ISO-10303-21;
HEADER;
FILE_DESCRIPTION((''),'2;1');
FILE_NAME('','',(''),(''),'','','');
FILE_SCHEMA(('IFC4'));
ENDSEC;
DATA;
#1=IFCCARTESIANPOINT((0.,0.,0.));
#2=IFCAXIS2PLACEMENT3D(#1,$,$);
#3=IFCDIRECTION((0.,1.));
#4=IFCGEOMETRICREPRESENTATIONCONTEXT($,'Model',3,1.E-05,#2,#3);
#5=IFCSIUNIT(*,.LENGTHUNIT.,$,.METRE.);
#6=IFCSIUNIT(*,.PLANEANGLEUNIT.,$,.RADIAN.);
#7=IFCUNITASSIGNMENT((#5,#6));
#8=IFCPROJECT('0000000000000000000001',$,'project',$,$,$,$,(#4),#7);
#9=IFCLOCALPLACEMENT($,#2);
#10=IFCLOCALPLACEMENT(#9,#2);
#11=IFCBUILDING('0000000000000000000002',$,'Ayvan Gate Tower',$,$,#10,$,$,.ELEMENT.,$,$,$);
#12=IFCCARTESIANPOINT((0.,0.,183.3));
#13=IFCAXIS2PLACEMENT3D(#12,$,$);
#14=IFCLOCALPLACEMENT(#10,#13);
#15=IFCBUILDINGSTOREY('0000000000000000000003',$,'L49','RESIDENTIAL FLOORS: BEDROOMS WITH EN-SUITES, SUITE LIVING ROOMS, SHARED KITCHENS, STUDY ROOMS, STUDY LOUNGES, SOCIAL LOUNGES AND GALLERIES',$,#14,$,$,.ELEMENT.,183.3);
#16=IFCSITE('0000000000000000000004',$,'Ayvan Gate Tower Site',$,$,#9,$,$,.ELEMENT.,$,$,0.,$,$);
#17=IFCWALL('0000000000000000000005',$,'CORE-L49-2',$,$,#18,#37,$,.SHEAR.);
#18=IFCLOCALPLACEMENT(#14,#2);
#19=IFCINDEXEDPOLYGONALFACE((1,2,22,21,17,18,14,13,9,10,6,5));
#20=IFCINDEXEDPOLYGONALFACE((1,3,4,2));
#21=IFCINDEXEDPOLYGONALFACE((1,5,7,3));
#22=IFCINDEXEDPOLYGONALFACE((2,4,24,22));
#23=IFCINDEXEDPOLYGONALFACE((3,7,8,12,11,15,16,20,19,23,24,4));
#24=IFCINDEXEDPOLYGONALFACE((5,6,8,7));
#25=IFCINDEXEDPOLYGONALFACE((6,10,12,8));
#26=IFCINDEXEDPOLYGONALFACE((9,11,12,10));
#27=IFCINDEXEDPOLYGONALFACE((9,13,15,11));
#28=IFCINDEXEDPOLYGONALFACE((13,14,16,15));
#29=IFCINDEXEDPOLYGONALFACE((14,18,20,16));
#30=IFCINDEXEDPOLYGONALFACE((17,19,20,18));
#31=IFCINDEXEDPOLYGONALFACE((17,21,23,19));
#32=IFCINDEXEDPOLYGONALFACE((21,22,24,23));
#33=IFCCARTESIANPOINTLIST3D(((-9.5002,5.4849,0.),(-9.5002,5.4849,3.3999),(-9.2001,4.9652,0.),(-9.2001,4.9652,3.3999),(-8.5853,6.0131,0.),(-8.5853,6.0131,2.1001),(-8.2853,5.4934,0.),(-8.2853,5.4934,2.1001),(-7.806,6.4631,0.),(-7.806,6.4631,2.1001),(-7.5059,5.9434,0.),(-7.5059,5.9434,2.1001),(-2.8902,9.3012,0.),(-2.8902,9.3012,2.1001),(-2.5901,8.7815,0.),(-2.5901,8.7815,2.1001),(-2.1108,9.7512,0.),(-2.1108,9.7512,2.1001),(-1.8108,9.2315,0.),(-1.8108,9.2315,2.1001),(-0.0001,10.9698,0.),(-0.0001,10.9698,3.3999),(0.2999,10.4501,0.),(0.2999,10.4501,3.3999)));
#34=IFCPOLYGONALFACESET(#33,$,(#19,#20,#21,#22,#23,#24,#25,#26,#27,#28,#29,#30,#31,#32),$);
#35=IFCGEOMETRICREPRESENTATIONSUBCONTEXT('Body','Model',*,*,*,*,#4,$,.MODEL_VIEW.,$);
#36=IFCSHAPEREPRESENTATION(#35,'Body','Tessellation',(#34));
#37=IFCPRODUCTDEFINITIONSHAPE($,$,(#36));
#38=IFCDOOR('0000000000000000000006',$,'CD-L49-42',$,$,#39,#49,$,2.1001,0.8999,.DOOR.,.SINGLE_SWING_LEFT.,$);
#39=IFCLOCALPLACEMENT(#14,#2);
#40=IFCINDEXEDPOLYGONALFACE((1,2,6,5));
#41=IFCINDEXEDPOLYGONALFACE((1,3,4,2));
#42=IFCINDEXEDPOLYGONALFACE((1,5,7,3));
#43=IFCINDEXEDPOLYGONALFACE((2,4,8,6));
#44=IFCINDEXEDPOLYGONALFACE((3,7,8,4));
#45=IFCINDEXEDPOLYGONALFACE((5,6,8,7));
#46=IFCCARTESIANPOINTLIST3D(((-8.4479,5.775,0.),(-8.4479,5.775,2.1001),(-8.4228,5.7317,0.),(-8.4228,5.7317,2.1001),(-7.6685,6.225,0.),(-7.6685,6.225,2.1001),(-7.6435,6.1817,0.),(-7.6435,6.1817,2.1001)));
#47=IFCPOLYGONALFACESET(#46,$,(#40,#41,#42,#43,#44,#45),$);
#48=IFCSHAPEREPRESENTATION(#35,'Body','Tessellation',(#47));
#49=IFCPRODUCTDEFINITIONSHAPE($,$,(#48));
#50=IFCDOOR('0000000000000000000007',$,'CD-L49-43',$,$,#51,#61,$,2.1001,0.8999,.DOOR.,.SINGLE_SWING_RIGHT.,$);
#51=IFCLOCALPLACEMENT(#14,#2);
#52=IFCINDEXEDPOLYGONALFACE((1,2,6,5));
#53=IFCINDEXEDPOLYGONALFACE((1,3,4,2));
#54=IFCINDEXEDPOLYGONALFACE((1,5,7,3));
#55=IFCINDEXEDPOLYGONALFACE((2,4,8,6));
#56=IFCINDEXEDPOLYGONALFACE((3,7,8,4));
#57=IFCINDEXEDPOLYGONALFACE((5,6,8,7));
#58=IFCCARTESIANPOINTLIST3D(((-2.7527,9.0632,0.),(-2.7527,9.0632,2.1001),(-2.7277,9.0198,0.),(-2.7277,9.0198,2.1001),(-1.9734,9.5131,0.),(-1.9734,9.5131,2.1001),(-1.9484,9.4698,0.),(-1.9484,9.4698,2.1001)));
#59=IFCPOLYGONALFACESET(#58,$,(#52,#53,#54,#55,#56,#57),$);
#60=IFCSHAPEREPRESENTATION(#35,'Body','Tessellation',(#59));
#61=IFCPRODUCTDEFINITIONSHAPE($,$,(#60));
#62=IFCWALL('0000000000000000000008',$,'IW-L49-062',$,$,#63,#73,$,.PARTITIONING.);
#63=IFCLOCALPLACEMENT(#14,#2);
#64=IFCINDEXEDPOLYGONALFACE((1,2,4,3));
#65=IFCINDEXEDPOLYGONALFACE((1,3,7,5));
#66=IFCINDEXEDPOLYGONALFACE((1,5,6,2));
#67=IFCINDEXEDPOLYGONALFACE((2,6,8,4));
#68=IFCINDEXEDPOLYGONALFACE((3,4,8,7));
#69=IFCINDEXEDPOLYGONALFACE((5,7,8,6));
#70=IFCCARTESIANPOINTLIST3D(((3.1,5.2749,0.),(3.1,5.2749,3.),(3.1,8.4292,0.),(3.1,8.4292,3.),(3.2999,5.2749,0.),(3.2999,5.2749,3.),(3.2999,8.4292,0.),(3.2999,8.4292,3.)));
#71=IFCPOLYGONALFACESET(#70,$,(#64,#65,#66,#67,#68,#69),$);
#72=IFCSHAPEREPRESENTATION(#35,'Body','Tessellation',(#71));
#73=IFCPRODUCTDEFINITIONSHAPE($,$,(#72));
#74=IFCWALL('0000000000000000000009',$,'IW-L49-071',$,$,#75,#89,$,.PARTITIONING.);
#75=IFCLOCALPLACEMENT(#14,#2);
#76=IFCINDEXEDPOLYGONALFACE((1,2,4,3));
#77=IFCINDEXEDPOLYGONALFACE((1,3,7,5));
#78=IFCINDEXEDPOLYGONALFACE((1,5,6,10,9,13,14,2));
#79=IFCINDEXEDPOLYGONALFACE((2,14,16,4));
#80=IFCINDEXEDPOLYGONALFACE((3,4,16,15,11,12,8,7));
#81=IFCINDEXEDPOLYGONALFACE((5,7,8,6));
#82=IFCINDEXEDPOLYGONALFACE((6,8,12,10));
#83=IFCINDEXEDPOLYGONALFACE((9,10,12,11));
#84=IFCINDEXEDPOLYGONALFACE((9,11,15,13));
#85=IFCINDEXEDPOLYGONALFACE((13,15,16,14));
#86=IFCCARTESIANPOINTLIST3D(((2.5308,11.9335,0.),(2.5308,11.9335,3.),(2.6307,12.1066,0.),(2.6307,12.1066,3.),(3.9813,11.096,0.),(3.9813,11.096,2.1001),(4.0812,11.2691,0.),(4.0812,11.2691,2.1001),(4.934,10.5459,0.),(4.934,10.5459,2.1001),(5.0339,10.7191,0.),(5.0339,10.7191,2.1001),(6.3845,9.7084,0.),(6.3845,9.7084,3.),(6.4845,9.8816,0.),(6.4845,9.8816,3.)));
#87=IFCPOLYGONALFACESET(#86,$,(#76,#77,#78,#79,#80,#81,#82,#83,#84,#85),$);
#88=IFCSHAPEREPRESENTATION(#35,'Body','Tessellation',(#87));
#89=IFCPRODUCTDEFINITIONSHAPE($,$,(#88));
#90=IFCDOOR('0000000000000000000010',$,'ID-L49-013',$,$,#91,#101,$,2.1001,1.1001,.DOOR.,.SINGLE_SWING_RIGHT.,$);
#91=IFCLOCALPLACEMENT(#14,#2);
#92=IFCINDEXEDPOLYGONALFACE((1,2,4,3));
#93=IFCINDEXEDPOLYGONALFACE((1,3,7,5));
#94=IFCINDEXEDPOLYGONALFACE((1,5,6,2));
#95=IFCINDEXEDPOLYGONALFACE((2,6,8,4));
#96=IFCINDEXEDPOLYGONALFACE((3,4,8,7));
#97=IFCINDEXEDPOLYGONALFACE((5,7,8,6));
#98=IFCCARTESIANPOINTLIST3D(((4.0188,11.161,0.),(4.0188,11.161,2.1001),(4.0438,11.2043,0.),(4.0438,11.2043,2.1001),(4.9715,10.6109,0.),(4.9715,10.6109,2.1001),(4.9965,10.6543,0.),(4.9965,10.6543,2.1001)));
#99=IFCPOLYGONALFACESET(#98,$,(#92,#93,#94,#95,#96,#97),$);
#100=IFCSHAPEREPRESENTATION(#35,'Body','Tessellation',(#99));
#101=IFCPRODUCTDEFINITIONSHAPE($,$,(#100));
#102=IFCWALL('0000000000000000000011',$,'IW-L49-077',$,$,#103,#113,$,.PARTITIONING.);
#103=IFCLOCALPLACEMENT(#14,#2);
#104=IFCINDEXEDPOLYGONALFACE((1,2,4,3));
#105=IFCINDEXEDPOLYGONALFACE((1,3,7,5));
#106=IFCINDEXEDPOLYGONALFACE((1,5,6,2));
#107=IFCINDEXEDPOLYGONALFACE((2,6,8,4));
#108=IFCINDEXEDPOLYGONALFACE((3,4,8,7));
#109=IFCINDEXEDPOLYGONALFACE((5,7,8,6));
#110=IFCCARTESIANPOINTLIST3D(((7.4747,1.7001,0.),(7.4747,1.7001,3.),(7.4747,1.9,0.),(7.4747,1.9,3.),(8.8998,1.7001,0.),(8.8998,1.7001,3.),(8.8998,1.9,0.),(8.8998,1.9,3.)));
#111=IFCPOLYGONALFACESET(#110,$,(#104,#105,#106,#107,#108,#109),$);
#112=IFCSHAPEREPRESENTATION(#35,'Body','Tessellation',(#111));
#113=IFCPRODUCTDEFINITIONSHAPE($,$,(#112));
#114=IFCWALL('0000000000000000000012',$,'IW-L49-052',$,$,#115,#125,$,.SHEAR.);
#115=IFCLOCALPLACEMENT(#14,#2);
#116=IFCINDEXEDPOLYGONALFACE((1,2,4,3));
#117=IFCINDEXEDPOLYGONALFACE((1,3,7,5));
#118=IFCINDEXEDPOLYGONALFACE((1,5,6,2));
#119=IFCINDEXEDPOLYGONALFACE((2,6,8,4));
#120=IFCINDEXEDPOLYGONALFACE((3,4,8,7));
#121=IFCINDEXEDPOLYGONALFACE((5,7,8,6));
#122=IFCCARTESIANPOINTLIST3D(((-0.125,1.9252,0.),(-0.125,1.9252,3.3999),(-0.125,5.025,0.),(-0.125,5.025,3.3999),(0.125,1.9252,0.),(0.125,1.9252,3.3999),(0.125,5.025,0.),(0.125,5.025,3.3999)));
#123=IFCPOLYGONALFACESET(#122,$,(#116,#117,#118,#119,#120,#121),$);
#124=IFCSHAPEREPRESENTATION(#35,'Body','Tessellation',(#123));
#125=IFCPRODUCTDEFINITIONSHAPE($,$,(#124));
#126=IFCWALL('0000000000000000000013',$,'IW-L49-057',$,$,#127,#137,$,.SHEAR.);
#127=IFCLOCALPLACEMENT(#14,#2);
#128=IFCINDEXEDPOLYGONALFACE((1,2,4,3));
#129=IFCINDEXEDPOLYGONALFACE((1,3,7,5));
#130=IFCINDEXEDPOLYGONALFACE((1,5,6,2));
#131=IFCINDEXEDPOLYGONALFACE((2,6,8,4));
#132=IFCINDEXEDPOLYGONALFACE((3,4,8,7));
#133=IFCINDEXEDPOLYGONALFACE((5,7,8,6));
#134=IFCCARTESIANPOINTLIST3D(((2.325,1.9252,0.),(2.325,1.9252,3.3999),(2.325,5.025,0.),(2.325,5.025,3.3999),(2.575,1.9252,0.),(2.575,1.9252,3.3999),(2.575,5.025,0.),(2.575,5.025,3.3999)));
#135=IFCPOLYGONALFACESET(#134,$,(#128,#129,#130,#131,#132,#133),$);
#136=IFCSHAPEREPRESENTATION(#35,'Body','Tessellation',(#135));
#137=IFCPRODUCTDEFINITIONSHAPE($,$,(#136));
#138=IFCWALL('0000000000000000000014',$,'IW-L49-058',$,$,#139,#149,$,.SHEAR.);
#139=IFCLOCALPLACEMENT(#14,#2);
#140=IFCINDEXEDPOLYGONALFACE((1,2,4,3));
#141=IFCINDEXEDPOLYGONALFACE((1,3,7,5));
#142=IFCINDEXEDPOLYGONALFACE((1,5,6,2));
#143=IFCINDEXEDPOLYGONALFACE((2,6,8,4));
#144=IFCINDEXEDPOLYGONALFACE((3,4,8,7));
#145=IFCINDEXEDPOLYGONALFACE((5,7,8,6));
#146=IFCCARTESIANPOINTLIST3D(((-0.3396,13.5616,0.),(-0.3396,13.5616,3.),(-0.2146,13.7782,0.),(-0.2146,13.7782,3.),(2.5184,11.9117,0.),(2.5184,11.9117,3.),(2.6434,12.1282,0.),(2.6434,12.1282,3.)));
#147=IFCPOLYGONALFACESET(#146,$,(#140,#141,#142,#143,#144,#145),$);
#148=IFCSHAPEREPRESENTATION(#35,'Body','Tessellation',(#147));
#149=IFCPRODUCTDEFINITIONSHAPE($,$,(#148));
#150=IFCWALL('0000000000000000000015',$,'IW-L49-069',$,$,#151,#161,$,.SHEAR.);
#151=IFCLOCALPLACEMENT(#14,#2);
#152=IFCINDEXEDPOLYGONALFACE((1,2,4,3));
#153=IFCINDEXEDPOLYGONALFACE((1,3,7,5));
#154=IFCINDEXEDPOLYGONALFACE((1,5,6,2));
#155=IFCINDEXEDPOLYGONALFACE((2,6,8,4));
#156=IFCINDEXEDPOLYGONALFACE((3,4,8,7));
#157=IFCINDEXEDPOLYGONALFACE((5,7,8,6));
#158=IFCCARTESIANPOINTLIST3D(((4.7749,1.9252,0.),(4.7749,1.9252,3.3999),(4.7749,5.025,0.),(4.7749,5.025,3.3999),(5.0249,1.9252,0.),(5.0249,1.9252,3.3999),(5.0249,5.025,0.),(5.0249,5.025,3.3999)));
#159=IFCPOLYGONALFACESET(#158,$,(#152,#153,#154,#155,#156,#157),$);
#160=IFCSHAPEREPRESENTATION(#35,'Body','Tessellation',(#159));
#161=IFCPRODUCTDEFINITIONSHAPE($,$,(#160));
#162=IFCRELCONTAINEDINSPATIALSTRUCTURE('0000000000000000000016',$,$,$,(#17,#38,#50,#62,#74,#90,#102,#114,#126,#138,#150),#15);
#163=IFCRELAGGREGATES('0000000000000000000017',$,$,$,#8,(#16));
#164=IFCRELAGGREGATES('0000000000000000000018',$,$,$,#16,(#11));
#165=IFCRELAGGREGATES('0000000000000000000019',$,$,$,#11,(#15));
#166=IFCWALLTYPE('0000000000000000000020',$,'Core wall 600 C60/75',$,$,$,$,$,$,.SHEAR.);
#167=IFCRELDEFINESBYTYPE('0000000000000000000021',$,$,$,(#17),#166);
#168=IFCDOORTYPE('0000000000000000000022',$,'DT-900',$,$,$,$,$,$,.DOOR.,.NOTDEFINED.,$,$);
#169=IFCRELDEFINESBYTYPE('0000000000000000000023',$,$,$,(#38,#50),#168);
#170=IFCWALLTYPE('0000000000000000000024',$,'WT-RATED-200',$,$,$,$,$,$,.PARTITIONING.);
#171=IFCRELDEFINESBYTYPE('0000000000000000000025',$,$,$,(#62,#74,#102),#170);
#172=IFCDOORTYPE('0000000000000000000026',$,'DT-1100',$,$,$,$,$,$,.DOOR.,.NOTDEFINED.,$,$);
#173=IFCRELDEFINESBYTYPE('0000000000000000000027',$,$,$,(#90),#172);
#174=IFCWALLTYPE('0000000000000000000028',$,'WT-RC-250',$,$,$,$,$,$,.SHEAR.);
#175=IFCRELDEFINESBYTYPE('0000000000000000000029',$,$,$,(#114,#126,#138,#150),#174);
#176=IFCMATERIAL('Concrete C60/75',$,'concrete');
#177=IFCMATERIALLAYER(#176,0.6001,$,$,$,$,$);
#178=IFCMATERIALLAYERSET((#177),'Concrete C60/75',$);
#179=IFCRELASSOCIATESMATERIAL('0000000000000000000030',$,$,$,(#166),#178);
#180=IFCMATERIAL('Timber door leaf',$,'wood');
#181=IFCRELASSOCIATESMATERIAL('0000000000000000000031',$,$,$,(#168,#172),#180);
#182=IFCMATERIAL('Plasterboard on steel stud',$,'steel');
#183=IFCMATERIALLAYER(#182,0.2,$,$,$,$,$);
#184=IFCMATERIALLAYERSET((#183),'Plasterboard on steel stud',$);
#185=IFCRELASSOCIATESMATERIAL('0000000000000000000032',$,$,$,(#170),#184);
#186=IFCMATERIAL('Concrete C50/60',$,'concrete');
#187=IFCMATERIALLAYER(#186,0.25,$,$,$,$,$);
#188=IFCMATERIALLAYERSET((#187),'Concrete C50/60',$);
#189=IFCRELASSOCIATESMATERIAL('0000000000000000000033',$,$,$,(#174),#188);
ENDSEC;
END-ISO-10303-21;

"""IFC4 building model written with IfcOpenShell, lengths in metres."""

from ifc_helpers import new_model, si_unit, direction, frame, frame_2d, origin, place, context, subcontext, project, spatial, rectangle, extrude, material, layer, layer_set, type_object, element, fill, save


model = new_model("IFC4")

# Units and contexts
model_context = context("Model", 3, precision=1e-05, world=origin(), true_north=direction((0.0, 1.0)))
body_context = subcontext(model_context, "Body", "Model", "MODEL_VIEW")
ifc_project = project(units=[si_unit("LENGTHUNIT", "METRE"), si_unit("PLANEANGLEUNIT", "RADIAN")], contexts=[model_context])

# Site, building, storey
site_placement = place(None, origin())
site = spatial("IfcSite", under=ifc_project, at=site_placement, Name="Ayvan Gate Tower Site", CompositionType="ELEMENT", RefElevation=0.0)
building_placement = place(site_placement, origin())
building = spatial("IfcBuilding", under=site, at=building_placement, Name="Ayvan Gate Tower", CompositionType="ELEMENT")
storey_placement = place(building_placement, frame((0.0, 0.0, 183.3)))
storey = spatial("IfcBuildingStorey", under=building, at=storey_placement, Name="L49", Description="RESIDENTIAL FLOORS: BEDROOMS WITH EN-SUITES, SUITE LIVING ROOMS, SHARED KITCHENS, STUDY ROOMS, STUDY LOUNGES, SOCIAL LOUNGES AND GALLERIES", CompositionType="ELEMENT", Elevation=183.3)

# Wall, openings, doors
ifc_material_1 = material(Name="Concrete C60/75", Category="concrete")
ifc_layer_1 = layer(ifc_material_1, 0.6001)
ifc_layer_set_1 = layer_set([ifc_layer_1], Name="Concrete C60/75")
wall_type_1 = type_object("IfcWallType", Name="Core wall 600 C60/75", PredefinedType="SHEAR", material=ifc_layer_set_1)
wall_1_placement = place(storey_placement, frame((0.1499, 10.71, 0.0), z_axis=(0.0, 0.0, 1.0), x_axis=(-0.866024, -0.500002, 0.0)))
wall_1 = element("IfcWall", 1, at=wall_1_placement, inside=storey, type_object=wall_type_1, Name="CORE-L49-2", PredefinedType="SHEAR", context=body_context, shape_type="SweptSolid", body=[
    extrude(rectangle(XDim=10.9697, YDim=0.6001, at=frame_2d((5.4849, 0.0))), origin(), (0.0, 0.0, 1.0), 3.3999),
])
opening_1_placement = place(wall_1_placement, frame((9.0134, 0.0, 0.0)))
opening_1 = element("IfcOpeningElement", 2, at=opening_1_placement, cuts=wall_1, PredefinedType="OPENING", context=body_context, shape_type="SweptSolid", body=[
    extrude(rectangle(XDim=0.8999, YDim=2.1001, at=frame_2d((0.45, 1.05))), frame((0.0, 0.3101, 0.0), z_axis=(0.0, -1.0, 0.0), x_axis=(1.0, 0.0, 0.0)), (0.0, 0.0, 1.0), 0.6201),
])
opening_2_placement = place(wall_1_placement, frame((2.4373, 0.0, 0.0)))
opening_2 = element("IfcOpeningElement", 3, at=opening_2_placement, cuts=wall_1, PredefinedType="OPENING", context=body_context, shape_type="SweptSolid", body=[
    extrude(rectangle(XDim=0.8999, YDim=2.1001, at=frame_2d((0.45, 1.05))), frame((0.0, 0.3101, 0.0), z_axis=(0.0, -1.0, 0.0), x_axis=(1.0, 0.0, 0.0)), (0.0, 0.0, 1.0), 0.6201),
])
ifc_material_2 = material(Name="Timber door leaf", Category="wood")
door_type_1 = type_object("IfcDoorType", Name="DT-900", OperationType="NOTDEFINED", PredefinedType="DOOR", material=ifc_material_2)
door_1_placement = place(opening_1_placement, origin())
door_1 = element("IfcDoor", 4, at=door_1_placement, inside=storey, type_object=door_type_1, Name="CD-L49-42", OperationType="SINGLE_SWING_LEFT", OverallHeight=2.1001, OverallWidth=0.8999, PredefinedType="DOOR", context=body_context, shape_type="SweptSolid", body=[
    extrude(rectangle(XDim=0.8999, YDim=2.1001, at=frame_2d((0.45, 1.05))), frame((0.0, 0.0249, 0.0), z_axis=(0.0, -1.0, 0.0), x_axis=(1.0, 0.0, 0.0)), (0.0, 0.0, 1.0), 0.05),
])
fill(opening_1, door_1)
door_2_placement = place(opening_2_placement, origin())
door_2 = element("IfcDoor", 5, at=door_2_placement, inside=storey, type_object=door_type_1, Name="CD-L49-43", OperationType="SINGLE_SWING_RIGHT", OverallHeight=2.1001, OverallWidth=0.8999, PredefinedType="DOOR", context=body_context, shape_type="SweptSolid", body=[
    extrude(rectangle(XDim=0.8999, YDim=2.1001, at=frame_2d((0.45, 1.05))), frame((0.0, 0.0249, 0.0), z_axis=(0.0, -1.0, 0.0), x_axis=(1.0, 0.0, 0.0)), (0.0, 0.0, 1.0), 0.05),
])
fill(opening_2, door_2)

# Wall
ifc_material_3 = material(Name="Plasterboard on steel stud", Category="steel")
ifc_layer_2 = layer(ifc_material_3, 0.2)
ifc_layer_set_2 = layer_set([ifc_layer_2], Name="Plasterboard on steel stud")
wall_type_2 = type_object("IfcWallType", Name="WT-RATED-200", PredefinedType="PARTITIONING", material=ifc_layer_set_2)
wall_2_placement = place(storey_placement, frame((3.2, 8.4292, 0.0), z_axis=(0.0, 0.0, 1.0), x_axis=(0.0, -1.0, 0.0)))
element("IfcWall", 6, at=wall_2_placement, inside=storey, type_object=wall_type_2, Name="IW-L49-062", PredefinedType="PARTITIONING", context=body_context, shape_type="SweptSolid", body=[
    extrude(rectangle(XDim=3.1543, YDim=0.2, at=frame_2d((1.5771, 0.0))), origin(), (0.0, 0.0, 1.0), 3.0),
])

# Wall, opening, door
wall_3_placement = place(storey_placement, frame((6.4346, 9.7949, 0.0), z_axis=(0.0, 0.0, 1.0), x_axis=(-0.866013, 0.500022, 0.0)))
wall_3 = element("IfcWall", 7, at=wall_3_placement, inside=storey, type_object=wall_type_2, Name="IW-L49-071", PredefinedType="PARTITIONING", context=body_context, shape_type="SweptSolid", body=[
    extrude(rectangle(XDim=4.45, YDim=0.2, at=frame_2d((2.2251, 0.0))), origin(), (0.0, 0.0, 1.0), 3.0),
])
opening_3_placement = place(wall_3_placement, frame((1.675, 0.0, 0.0)))
opening_3 = element("IfcOpeningElement", 8, at=opening_3_placement, cuts=wall_3, PredefinedType="OPENING", context=body_context, shape_type="SweptSolid", body=[
    extrude(rectangle(XDim=1.1001, YDim=2.1001, at=frame_2d((0.55, 1.05))), frame((0.0, 0.1099, 0.0), z_axis=(0.0, -1.0, 0.0), x_axis=(1.0, 0.0, 0.0)), (0.0, 0.0, 1.0), 0.22),
])
door_type_2 = type_object("IfcDoorType", Name="DT-1100", OperationType="NOTDEFINED", PredefinedType="DOOR", material=ifc_material_2)
door_3_placement = place(opening_3_placement, origin())
door_3 = element("IfcDoor", 9, at=door_3_placement, inside=storey, type_object=door_type_2, Name="ID-L49-013", OperationType="SINGLE_SWING_RIGHT", OverallHeight=2.1001, OverallWidth=1.1001, PredefinedType="DOOR", context=body_context, shape_type="SweptSolid", body=[
    extrude(rectangle(XDim=1.1001, YDim=2.1001, at=frame_2d((0.55, 1.05))), frame((0.0, 0.0249, 0.0), z_axis=(0.0, -1.0, 0.0), x_axis=(1.0, 0.0, 0.0)), (0.0, 0.0, 1.0), 0.05),
])
fill(opening_3, door_3)

# Walls
wall_4_placement = place(storey_placement, frame((7.4749, 1.8, 0.0), z_axis=(0.0, 0.0, 1.0), x_axis=(1.0, 0.0, 0.0)))
element("IfcWall", 10, at=wall_4_placement, inside=storey, type_object=wall_type_2, Name="IW-L49-077", PredefinedType="PARTITIONING", context=body_context, shape_type="SweptSolid", body=[
    extrude(rectangle(XDim=1.425, YDim=0.2, at=frame_2d((0.7124, 0.0))), origin(), (0.0, 0.0, 1.0), 3.0),
])
ifc_material_4 = material(Name="Concrete C50/60", Category="concrete")
ifc_layer_3 = layer(ifc_material_4, 0.25)
ifc_layer_set_3 = layer_set([ifc_layer_3], Name="Concrete C50/60")
wall_type_3 = type_object("IfcWallType", Name="WT-RC-250", PredefinedType="SHEAR", material=ifc_layer_set_3)
for number, where, z_axis, x_axis, name in (
    (11, (0.0, 5.0249, 0.0), (0.0, 0.0, 1.0), (0.0, -1.0, 0.0), "IW-L49-052"),
    (12, (2.45, 5.0249, 0.0), (0.0, 0.0, 1.0), (0.0, -1.0, 0.0), "IW-L49-057"),
):
    element("IfcWall", number, at=place(storey_placement, frame(where, z_axis=z_axis, x_axis=x_axis)), inside=storey, type_object=wall_type_3, Name=name, PredefinedType="SHEAR", context=body_context, shape_type="SweptSolid", body=[
        extrude(rectangle(XDim=3.0999, YDim=0.25, at=frame_2d((1.5498, 0.0))), origin(), (0.0, 0.0, 1.0), 3.3999),
    ])
wall_5_placement = place(storey_placement, frame((2.5808, 12.02, 0.0), z_axis=(0.0, 0.0, 1.0), x_axis=(-0.86604, 0.499974, 0.0)))
element("IfcWall", 13, at=wall_5_placement, inside=storey, type_object=wall_type_3, Name="IW-L49-058", PredefinedType="SHEAR", context=body_context, shape_type="SweptSolid", body=[
    extrude(rectangle(XDim=3.3, YDim=0.25, at=frame_2d((1.6499, 0.0))), origin(), (0.0, 0.0, 1.0), 3.0),
])
wall_6_placement = place(storey_placement, frame((4.8999, 5.0249, 0.0), z_axis=(0.0, 0.0, 1.0), x_axis=(0.0, -1.0, 0.0)))
element("IfcWall", 14, at=wall_6_placement, inside=storey, type_object=wall_type_3, Name="IW-L49-069", PredefinedType="SHEAR", context=body_context, shape_type="SweptSolid", body=[
    extrude(rectangle(XDim=3.0999, YDim=0.25, at=frame_2d((1.5498, 0.0))), origin(), (0.0, 0.0, 1.0), 3.3999),
])

save(model, "model.ifc")
